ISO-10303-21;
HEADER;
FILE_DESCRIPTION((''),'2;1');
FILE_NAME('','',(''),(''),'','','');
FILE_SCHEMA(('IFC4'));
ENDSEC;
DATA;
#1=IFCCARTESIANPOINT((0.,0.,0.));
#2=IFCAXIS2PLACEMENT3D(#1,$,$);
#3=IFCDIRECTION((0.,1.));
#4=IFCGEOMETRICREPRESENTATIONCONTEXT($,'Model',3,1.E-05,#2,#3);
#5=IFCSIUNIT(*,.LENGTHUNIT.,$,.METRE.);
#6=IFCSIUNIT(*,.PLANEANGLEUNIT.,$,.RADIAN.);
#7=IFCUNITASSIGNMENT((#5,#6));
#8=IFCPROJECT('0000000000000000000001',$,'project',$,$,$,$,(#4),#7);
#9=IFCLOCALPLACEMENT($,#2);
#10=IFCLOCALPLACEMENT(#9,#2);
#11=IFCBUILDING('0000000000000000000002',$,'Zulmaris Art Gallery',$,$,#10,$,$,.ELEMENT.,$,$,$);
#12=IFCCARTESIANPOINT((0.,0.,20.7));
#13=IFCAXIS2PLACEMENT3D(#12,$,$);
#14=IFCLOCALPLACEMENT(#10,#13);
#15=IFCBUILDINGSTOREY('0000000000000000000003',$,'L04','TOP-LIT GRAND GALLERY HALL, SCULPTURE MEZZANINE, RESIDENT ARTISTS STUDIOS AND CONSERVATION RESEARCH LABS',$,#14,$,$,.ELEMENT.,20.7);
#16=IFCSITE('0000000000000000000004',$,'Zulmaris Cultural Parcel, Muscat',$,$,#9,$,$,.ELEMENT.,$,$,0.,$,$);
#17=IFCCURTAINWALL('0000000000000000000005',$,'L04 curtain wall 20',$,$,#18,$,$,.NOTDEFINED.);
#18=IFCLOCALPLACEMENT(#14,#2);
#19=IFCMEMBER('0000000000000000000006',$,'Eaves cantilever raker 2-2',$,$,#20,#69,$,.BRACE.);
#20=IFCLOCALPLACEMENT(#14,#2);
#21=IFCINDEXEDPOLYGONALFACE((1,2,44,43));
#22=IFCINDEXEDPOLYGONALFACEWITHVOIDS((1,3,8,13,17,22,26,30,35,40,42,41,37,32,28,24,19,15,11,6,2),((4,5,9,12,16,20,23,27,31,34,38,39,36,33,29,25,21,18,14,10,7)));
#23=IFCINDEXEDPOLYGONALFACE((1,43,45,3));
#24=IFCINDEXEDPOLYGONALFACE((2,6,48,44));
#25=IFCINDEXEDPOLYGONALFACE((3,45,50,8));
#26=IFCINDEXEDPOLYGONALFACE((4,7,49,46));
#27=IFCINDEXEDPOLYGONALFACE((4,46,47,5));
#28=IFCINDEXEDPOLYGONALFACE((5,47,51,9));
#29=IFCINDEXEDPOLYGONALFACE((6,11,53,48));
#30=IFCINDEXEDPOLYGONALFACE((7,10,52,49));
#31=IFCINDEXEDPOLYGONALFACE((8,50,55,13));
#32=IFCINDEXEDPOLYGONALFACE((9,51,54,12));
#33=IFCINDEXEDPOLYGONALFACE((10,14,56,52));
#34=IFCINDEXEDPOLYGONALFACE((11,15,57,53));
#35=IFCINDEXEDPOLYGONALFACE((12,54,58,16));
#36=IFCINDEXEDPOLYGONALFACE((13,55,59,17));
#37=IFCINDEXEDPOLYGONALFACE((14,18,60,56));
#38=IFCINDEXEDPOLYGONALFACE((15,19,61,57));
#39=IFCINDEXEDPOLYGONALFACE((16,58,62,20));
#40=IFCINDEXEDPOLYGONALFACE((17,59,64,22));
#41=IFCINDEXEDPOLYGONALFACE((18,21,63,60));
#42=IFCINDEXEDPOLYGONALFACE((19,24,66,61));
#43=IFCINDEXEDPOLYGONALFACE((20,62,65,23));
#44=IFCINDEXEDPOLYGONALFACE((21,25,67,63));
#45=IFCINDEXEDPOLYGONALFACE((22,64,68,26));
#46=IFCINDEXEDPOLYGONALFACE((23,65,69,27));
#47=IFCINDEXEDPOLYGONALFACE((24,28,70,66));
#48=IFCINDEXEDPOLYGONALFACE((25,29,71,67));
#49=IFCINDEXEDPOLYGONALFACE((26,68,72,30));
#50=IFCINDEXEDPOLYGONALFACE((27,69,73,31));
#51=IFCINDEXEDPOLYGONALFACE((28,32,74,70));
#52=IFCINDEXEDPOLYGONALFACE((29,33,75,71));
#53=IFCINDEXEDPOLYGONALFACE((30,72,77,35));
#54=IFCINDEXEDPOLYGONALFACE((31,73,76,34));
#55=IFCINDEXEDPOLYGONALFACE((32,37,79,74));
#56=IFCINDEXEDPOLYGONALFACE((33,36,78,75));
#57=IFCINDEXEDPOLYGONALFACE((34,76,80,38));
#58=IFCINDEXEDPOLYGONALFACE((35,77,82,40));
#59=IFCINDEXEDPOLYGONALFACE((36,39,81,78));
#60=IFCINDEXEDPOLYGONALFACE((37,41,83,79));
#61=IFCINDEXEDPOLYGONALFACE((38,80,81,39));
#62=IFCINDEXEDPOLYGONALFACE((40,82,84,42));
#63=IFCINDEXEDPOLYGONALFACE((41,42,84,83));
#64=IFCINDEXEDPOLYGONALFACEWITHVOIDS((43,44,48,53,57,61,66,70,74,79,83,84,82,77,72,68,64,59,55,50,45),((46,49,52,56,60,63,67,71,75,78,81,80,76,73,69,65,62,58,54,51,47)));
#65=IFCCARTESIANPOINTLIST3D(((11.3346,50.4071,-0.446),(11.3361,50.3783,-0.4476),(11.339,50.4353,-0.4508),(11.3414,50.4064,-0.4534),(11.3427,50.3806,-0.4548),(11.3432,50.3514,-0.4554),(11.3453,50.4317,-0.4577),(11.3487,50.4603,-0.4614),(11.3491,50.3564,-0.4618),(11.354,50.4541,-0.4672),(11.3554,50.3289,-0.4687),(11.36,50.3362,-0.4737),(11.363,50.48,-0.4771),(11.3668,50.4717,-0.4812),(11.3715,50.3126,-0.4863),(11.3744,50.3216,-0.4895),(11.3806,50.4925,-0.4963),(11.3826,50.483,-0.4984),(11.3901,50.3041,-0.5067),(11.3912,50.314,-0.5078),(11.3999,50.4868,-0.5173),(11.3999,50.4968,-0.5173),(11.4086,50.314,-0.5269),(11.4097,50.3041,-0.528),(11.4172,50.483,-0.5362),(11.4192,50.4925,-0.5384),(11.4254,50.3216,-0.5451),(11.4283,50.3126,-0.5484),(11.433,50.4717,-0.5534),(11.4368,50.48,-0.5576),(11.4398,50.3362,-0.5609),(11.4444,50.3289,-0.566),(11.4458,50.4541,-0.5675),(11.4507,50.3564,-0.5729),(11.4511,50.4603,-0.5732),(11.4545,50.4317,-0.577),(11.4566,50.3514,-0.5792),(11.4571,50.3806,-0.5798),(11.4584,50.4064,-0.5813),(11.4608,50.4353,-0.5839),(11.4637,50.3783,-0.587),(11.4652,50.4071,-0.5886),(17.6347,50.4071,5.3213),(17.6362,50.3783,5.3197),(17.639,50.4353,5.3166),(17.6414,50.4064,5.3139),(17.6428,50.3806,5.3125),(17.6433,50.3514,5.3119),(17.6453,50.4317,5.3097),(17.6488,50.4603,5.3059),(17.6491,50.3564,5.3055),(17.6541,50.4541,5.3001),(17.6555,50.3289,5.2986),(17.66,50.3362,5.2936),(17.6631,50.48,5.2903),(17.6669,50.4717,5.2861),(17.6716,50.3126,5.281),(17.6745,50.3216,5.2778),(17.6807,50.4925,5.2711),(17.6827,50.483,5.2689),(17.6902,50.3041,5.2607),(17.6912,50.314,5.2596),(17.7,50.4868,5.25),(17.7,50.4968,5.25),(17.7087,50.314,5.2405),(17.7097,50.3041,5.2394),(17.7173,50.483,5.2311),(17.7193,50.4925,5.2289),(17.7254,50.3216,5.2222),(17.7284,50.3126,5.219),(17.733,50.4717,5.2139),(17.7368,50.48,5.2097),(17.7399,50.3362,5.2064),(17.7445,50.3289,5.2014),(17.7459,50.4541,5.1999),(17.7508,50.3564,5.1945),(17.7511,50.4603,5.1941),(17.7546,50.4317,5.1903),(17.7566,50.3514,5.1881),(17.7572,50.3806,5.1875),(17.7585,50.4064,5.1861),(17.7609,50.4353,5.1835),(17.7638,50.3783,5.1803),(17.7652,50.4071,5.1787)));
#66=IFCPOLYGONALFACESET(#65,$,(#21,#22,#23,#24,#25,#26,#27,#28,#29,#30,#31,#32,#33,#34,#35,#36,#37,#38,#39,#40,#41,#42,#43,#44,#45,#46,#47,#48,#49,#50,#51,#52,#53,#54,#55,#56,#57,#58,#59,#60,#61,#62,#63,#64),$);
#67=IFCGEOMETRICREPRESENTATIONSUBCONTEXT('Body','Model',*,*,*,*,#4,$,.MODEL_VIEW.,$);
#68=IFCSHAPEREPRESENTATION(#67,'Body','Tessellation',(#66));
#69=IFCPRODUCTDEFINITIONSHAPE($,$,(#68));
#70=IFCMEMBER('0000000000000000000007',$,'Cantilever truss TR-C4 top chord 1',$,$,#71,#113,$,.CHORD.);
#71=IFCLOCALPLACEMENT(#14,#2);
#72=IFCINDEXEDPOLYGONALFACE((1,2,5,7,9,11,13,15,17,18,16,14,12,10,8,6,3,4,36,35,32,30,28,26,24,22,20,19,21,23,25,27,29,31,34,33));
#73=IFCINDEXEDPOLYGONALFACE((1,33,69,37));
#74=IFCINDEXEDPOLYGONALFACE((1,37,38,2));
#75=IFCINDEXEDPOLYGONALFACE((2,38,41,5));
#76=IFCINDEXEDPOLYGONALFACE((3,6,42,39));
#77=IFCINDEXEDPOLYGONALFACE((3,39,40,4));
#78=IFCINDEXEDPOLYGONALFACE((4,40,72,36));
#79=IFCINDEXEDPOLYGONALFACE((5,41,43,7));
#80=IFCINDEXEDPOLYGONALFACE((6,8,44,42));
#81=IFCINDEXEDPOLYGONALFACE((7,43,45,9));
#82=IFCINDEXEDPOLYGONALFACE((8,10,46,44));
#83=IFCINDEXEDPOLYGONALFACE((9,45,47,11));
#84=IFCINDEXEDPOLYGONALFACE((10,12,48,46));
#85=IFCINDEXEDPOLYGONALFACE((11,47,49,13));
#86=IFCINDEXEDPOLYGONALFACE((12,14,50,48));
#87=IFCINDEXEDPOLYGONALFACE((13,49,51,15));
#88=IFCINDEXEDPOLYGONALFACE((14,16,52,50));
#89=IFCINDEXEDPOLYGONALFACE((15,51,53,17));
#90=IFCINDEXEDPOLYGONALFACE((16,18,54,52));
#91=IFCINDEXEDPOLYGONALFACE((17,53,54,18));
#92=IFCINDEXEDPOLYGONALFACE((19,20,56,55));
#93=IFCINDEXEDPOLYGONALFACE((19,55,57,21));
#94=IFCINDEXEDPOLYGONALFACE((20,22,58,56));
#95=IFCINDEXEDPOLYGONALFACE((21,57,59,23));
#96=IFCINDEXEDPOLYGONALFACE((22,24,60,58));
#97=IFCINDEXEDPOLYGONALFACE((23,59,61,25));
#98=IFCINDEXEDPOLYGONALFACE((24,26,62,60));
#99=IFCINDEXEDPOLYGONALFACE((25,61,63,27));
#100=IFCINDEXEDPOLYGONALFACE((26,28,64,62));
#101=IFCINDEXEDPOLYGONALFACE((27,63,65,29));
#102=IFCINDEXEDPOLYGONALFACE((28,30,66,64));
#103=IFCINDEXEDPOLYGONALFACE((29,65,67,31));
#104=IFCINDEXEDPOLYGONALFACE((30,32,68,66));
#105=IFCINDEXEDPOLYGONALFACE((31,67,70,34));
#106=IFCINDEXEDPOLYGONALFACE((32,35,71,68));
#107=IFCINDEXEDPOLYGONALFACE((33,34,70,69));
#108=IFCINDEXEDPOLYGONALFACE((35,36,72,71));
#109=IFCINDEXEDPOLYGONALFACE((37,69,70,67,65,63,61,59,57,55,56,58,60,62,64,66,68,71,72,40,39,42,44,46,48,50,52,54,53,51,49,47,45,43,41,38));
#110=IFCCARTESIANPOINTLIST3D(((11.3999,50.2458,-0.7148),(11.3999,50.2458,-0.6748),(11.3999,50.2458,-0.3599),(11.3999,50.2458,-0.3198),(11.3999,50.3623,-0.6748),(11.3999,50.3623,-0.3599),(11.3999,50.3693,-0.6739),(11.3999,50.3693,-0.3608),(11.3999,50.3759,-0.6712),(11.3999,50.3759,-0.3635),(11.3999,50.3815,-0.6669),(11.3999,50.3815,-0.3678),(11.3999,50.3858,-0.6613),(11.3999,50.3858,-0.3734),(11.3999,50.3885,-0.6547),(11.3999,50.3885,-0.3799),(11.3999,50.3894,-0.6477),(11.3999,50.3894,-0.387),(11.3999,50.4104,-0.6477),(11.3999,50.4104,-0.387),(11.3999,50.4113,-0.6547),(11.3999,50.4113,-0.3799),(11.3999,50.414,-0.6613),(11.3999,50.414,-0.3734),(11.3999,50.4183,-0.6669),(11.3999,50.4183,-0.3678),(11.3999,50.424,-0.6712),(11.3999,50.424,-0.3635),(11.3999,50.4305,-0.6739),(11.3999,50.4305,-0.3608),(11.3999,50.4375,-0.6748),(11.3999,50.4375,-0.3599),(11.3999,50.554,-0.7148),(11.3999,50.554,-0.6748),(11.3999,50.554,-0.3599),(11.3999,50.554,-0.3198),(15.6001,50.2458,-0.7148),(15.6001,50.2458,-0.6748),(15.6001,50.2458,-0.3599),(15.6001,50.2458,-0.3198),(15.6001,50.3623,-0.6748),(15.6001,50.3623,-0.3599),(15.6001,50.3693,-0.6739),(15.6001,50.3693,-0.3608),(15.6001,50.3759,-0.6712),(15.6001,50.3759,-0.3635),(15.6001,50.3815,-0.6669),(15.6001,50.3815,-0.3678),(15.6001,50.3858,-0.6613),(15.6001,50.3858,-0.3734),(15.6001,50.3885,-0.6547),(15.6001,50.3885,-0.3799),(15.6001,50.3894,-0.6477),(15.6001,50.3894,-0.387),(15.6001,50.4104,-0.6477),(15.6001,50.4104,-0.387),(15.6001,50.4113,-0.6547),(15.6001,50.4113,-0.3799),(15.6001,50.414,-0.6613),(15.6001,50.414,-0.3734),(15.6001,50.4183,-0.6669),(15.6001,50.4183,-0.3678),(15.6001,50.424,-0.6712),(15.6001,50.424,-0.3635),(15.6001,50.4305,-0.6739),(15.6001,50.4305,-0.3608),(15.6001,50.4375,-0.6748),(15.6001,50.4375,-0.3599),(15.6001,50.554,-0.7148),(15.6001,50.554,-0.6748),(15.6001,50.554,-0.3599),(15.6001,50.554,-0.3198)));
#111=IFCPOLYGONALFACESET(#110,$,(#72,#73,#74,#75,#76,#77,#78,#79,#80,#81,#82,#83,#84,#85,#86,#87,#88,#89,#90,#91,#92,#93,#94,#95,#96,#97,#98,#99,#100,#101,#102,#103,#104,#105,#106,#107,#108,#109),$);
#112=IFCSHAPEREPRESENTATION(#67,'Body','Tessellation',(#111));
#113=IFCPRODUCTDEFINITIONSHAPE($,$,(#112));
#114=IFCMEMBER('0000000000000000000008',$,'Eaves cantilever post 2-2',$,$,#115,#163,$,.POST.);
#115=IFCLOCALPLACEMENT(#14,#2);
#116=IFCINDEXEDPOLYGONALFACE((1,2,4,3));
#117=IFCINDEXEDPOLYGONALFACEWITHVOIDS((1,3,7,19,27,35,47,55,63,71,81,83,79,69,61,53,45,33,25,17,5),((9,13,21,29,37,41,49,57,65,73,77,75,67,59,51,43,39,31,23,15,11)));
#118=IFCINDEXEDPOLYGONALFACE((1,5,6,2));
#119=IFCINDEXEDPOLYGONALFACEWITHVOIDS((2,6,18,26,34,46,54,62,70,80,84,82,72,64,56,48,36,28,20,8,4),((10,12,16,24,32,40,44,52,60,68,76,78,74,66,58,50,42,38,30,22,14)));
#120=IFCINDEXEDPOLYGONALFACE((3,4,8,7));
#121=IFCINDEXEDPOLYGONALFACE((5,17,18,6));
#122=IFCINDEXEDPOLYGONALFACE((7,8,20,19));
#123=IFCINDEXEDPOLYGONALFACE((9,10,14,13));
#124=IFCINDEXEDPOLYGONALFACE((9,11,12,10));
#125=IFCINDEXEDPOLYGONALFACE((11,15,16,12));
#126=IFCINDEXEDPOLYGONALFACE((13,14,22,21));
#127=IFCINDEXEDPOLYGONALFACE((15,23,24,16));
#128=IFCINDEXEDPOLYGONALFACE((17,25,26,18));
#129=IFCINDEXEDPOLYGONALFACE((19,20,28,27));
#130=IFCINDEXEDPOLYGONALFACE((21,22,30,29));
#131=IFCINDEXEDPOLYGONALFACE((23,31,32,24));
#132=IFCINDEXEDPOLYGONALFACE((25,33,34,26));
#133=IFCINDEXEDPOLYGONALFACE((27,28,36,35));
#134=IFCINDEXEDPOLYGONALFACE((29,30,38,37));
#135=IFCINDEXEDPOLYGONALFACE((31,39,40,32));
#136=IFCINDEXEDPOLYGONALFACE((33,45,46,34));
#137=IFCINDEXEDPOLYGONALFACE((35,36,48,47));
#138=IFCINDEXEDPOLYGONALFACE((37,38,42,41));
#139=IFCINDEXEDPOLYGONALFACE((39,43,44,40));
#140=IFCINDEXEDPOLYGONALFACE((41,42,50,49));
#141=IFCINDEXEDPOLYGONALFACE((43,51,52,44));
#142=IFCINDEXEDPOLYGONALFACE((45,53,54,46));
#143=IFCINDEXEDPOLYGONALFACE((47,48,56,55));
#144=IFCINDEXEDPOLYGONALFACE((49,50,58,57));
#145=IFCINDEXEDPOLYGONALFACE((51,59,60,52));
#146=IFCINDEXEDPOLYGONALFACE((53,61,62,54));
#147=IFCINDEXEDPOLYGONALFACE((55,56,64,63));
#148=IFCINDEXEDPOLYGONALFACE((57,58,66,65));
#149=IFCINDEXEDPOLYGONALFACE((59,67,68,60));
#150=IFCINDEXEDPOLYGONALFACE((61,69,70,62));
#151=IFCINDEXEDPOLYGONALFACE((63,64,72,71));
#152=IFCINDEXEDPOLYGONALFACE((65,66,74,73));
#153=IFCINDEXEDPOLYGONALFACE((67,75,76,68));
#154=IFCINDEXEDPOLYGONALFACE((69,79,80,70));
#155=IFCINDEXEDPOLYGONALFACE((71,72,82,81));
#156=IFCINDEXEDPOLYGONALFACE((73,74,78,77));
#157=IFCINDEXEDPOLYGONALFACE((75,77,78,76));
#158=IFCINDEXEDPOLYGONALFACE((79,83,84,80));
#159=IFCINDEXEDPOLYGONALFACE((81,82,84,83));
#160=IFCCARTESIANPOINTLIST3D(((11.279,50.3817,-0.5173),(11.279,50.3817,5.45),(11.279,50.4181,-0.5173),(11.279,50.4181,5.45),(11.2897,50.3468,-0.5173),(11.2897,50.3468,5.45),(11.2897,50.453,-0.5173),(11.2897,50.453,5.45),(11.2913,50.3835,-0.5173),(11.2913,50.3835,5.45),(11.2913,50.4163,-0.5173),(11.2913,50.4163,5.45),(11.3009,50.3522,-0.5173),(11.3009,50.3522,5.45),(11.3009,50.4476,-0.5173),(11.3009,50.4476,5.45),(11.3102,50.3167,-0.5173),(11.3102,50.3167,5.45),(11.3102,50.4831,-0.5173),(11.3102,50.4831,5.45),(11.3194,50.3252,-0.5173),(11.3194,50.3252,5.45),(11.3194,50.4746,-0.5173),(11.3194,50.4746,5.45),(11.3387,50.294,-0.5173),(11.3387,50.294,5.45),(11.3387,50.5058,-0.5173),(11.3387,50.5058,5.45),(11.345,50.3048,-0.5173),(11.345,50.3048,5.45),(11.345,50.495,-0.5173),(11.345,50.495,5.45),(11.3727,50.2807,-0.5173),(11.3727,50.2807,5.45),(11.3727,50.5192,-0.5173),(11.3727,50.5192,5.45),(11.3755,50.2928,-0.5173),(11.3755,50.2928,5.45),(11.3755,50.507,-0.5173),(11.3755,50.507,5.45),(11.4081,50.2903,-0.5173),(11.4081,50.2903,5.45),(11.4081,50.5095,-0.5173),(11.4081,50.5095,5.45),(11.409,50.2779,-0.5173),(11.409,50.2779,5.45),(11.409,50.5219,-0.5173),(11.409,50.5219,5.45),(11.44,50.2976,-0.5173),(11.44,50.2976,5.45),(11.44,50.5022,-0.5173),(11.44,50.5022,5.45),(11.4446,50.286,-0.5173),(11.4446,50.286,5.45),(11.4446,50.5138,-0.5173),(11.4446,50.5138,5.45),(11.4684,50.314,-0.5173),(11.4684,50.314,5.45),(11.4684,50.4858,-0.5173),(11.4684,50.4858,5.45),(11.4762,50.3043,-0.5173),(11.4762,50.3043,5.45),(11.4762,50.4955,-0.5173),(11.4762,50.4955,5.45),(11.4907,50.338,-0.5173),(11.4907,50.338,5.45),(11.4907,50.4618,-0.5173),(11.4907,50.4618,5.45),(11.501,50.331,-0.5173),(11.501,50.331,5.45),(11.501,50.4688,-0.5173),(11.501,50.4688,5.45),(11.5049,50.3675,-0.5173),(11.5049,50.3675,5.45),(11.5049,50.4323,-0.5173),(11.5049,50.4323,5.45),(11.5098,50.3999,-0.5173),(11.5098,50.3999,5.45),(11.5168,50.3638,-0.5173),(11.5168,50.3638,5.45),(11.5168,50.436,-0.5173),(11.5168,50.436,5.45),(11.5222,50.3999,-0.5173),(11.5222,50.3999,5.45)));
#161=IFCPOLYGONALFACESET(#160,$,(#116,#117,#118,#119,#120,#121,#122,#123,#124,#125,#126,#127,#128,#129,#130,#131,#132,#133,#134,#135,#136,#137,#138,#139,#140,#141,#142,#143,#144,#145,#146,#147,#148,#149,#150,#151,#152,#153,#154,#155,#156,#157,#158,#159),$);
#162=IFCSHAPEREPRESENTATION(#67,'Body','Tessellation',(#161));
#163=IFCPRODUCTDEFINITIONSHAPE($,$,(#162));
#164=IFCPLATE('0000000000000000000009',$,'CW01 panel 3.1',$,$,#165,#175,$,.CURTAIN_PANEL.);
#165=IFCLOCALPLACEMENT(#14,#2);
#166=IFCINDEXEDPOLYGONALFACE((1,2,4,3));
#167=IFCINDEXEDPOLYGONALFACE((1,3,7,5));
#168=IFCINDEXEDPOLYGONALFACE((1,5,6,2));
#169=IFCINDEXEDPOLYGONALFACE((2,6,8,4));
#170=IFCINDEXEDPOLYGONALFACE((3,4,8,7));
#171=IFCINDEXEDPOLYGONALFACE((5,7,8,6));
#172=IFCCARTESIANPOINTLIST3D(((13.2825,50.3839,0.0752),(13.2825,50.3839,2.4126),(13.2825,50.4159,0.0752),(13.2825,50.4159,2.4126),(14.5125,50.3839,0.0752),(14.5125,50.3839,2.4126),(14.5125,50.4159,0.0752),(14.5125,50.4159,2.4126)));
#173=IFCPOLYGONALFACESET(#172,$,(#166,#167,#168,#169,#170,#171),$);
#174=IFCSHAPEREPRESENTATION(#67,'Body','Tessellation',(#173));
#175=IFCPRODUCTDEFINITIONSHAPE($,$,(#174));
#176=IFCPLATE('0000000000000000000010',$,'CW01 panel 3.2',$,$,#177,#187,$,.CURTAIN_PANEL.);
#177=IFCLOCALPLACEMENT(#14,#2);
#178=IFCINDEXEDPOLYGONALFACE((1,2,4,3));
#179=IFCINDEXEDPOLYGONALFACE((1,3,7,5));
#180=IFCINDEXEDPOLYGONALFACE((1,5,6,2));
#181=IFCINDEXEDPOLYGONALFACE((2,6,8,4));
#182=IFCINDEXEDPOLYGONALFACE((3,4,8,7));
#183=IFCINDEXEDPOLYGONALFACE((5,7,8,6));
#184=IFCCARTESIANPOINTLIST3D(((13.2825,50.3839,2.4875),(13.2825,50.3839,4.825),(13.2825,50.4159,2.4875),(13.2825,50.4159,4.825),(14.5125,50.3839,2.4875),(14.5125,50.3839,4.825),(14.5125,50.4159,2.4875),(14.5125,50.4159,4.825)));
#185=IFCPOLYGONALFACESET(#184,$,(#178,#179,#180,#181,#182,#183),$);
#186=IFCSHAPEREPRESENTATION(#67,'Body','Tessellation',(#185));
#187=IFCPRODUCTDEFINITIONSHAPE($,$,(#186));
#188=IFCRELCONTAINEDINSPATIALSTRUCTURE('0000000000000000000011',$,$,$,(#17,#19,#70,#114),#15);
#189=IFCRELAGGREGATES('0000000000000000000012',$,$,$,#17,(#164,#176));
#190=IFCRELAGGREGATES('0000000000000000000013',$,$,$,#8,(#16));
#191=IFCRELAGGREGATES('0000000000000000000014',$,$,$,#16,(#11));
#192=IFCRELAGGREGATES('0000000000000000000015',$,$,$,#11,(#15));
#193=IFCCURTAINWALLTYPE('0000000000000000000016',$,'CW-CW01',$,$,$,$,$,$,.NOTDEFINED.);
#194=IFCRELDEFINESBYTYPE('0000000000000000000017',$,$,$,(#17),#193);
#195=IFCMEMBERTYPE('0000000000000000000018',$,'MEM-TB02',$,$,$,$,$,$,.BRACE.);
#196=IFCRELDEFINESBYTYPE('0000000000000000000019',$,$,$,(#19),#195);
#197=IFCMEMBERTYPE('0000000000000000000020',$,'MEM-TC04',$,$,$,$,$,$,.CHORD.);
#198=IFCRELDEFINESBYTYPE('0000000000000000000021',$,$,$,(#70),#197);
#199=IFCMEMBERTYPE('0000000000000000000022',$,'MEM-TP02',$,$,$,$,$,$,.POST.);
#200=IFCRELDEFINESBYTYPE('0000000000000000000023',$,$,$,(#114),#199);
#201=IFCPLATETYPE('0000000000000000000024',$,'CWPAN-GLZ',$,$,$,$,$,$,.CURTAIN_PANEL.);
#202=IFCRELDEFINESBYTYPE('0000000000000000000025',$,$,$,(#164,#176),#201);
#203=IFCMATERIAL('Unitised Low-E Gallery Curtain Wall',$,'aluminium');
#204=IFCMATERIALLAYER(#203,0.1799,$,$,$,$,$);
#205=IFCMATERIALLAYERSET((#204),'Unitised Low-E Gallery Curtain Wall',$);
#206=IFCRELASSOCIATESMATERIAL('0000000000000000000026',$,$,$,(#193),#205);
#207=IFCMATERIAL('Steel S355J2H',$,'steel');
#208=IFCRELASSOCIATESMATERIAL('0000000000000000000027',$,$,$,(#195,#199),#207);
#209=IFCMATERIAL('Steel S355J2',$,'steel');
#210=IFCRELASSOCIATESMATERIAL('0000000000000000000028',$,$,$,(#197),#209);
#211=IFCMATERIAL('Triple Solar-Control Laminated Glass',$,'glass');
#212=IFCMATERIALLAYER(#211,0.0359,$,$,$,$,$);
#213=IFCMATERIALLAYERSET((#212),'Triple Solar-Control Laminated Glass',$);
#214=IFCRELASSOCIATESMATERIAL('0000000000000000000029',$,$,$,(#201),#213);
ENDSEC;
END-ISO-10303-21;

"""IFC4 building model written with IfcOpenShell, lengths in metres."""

from ifc_helpers import new_model, si_unit, direction, frame, origin, origin_2d, place, context, subcontext, project, spatial, rectangle, hollow_circle, i_section, extrude, material, layer, layer_set, material_profile, profile_set, type_object, element, aggregate, save


model = new_model("IFC4")

# Units and contexts
model_context = context("Model", 3, precision=1e-05, world=origin(), true_north=direction((0.0, 1.0)))
body_context = subcontext(model_context, "Body", "Model", "MODEL_VIEW")
ifc_project = project(units=[si_unit("LENGTHUNIT", "METRE"), si_unit("PLANEANGLEUNIT", "RADIAN")], contexts=[model_context])

# Site, building, storey
site_placement = place(None, origin())
site = spatial("IfcSite", under=ifc_project, at=site_placement, Name="Zulmaris Cultural Parcel, Muscat", CompositionType="ELEMENT", RefElevation=0.0)
building_placement = place(site_placement, origin())
building = spatial("IfcBuilding", under=site, at=building_placement, Name="Zulmaris Art Gallery", CompositionType="ELEMENT")
storey_placement = place(building_placement, frame((0.0, 0.0, 20.7)))
storey = spatial("IfcBuildingStorey", under=building, at=storey_placement, Name="L04", Description="TOP-LIT GRAND GALLERY HALL, SCULPTURE MEZZANINE, RESIDENT ARTISTS STUDIOS AND CONSERVATION RESEARCH LABS", CompositionType="ELEMENT", Elevation=20.7)

# Curtain wall
ifc_material_1 = material(Name="Unitised Low-E Gallery Curtain Wall", Category="aluminium")
ifc_layer_1 = layer(ifc_material_1, 0.1799)
ifc_layer_set_1 = layer_set([ifc_layer_1], Name="Unitised Low-E Gallery Curtain Wall")
curtain_wall_type_1 = type_object("IfcCurtainWallType", Name="CW-CW01", PredefinedType="NOTDEFINED", material=ifc_layer_set_1)
curtain_wall_1_placement = place(storey_placement, origin())
curtain_wall_1 = element("IfcCurtainWall", 1, at=curtain_wall_1_placement, inside=storey, type_object=curtain_wall_type_1, Name="L04 curtain wall 20", PredefinedType="NOTDEFINED")

# Members
ifc_material_2 = material(Name="Steel S355J2H", Category="steel")
ifc_material_profile_1 = material_profile(ifc_material_2, hollow_circle(Radius=0.0969, WallThickness=0.01, at=origin_2d()), Name="CHS 193.7x10")
ifc_profile_set_1 = profile_set([ifc_material_profile_1], Name="Steel S355J2H")
member_type_1 = type_object("IfcMemberType", Name="MEM-TB02", PredefinedType="BRACE", material=ifc_profile_set_1)
member_1_placement = place(storey_placement, frame((11.3999, 50.3999, -0.5173), z_axis=(0.737604, 0.0, 0.675234), x_axis=(0.0, 1.0, 0.0)))
element("IfcMember", 2, at=member_1_placement, inside=storey, type_object=member_type_1, Name="Eaves cantilever raker 2-2", PredefinedType="BRACE", context=body_context, shape_type="SweptSolid", body=[
    extrude(hollow_circle(Radius=0.0969, WallThickness=0.01, at=origin_2d()), origin(), (0.0, 0.0, 1.0), 8.5413),
])
ifc_material_3 = material(Name="Steel S355J2", Category="steel")
ifc_material_profile_2 = material_profile(ifc_material_3, i_section(OverallWidth=0.3081, OverallDepth=0.395, WebThickness=0.021, FlangeThickness=0.04, FilletRadius=0.0271, at=origin_2d()), Name="HEM 360")
ifc_profile_set_2 = profile_set([ifc_material_profile_2], Name="Steel S355J2")
member_type_2 = type_object("IfcMemberType", Name="MEM-TC04", PredefinedType="CHORD", material=ifc_profile_set_2)
member_2_placement = place(storey_placement, frame((11.3999, 50.3999, -0.5173), z_axis=(1.0, 0.0, 0.0), x_axis=(0.0, 1.0, 0.0)))
element("IfcMember", 3, at=member_2_placement, inside=storey, type_object=member_type_2, Name="Cantilever truss TR-C4 top chord 1", PredefinedType="CHORD", context=body_context, shape_type="SweptSolid", body=[
    extrude(i_section(OverallWidth=0.3081, OverallDepth=0.395, WebThickness=0.021, FlangeThickness=0.04, FilletRadius=0.0271, at=origin_2d()), origin(), (0.0, 0.0, 1.0), 4.2002),
])
ifc_material_profile_3 = material_profile(ifc_material_2, hollow_circle(Radius=0.1223, WallThickness=0.0125, at=origin_2d()), Name="CHS 244.5x12.5")
ifc_profile_set_3 = profile_set([ifc_material_profile_3], Name="Steel S355J2H")
member_type_3 = type_object("IfcMemberType", Name="MEM-TP02", PredefinedType="POST", material=ifc_profile_set_3)
member_3_placement = place(storey_placement, frame((11.3999, 50.3999, -0.5173), z_axis=(0.0, 0.0, 1.0), x_axis=(1.0, 0.0, 0.0)))
element("IfcMember", 4, at=member_3_placement, inside=storey, type_object=member_type_3, Name="Eaves cantilever post 2-2", PredefinedType="POST", context=body_context, shape_type="SweptSolid", body=[
    extrude(hollow_circle(Radius=0.1223, WallThickness=0.0125, at=origin_2d()), origin(), (0.0, 0.0, 1.0), 5.9673),
])

# Plates
ifc_material_4 = material(Name="Triple Solar-Control Laminated Glass", Category="glass")
ifc_layer_2 = layer(ifc_material_4, 0.0359)
ifc_layer_set_2 = layer_set([ifc_layer_2], Name="Triple Solar-Control Laminated Glass")
plate_type_1 = type_object("IfcPlateType", Name="CWPAN-GLZ", PredefinedType="CURTAIN_PANEL", material=ifc_layer_set_2)
plate_1_placement = place(storey_placement, frame((13.8975, 50.3999, 0.0752), z_axis=(0.0, 0.0, 1.0), x_axis=(-1.0, 0.0, 0.0)))
plate_1 = element("IfcPlate", 5, at=plate_1_placement, type_object=plate_type_1, Name="CW01 panel 3.1", PredefinedType="CURTAIN_PANEL", context=body_context, shape_type="SweptSolid", body=[
    extrude(rectangle(XDim=1.23, YDim=0.032, at=origin_2d()), origin(), (0.0, 0.0, 1.0), 2.3374),
])
plate_2_placement = place(storey_placement, frame((13.8975, 50.3999, 2.4875), z_axis=(0.0, 0.0, 1.0), x_axis=(-1.0, 0.0, 0.0)))
plate_2 = element("IfcPlate", 6, at=plate_2_placement, type_object=plate_type_1, Name="CW01 panel 3.2", PredefinedType="CURTAIN_PANEL", context=body_context, shape_type="SweptSolid", body=[
    extrude(rectangle(XDim=1.23, YDim=0.032, at=origin_2d()), origin(), (0.0, 0.0, 1.0), 2.3374),
])
aggregate(curtain_wall_1, [plate_1, plate_2])

save(model, "model.ifc")
